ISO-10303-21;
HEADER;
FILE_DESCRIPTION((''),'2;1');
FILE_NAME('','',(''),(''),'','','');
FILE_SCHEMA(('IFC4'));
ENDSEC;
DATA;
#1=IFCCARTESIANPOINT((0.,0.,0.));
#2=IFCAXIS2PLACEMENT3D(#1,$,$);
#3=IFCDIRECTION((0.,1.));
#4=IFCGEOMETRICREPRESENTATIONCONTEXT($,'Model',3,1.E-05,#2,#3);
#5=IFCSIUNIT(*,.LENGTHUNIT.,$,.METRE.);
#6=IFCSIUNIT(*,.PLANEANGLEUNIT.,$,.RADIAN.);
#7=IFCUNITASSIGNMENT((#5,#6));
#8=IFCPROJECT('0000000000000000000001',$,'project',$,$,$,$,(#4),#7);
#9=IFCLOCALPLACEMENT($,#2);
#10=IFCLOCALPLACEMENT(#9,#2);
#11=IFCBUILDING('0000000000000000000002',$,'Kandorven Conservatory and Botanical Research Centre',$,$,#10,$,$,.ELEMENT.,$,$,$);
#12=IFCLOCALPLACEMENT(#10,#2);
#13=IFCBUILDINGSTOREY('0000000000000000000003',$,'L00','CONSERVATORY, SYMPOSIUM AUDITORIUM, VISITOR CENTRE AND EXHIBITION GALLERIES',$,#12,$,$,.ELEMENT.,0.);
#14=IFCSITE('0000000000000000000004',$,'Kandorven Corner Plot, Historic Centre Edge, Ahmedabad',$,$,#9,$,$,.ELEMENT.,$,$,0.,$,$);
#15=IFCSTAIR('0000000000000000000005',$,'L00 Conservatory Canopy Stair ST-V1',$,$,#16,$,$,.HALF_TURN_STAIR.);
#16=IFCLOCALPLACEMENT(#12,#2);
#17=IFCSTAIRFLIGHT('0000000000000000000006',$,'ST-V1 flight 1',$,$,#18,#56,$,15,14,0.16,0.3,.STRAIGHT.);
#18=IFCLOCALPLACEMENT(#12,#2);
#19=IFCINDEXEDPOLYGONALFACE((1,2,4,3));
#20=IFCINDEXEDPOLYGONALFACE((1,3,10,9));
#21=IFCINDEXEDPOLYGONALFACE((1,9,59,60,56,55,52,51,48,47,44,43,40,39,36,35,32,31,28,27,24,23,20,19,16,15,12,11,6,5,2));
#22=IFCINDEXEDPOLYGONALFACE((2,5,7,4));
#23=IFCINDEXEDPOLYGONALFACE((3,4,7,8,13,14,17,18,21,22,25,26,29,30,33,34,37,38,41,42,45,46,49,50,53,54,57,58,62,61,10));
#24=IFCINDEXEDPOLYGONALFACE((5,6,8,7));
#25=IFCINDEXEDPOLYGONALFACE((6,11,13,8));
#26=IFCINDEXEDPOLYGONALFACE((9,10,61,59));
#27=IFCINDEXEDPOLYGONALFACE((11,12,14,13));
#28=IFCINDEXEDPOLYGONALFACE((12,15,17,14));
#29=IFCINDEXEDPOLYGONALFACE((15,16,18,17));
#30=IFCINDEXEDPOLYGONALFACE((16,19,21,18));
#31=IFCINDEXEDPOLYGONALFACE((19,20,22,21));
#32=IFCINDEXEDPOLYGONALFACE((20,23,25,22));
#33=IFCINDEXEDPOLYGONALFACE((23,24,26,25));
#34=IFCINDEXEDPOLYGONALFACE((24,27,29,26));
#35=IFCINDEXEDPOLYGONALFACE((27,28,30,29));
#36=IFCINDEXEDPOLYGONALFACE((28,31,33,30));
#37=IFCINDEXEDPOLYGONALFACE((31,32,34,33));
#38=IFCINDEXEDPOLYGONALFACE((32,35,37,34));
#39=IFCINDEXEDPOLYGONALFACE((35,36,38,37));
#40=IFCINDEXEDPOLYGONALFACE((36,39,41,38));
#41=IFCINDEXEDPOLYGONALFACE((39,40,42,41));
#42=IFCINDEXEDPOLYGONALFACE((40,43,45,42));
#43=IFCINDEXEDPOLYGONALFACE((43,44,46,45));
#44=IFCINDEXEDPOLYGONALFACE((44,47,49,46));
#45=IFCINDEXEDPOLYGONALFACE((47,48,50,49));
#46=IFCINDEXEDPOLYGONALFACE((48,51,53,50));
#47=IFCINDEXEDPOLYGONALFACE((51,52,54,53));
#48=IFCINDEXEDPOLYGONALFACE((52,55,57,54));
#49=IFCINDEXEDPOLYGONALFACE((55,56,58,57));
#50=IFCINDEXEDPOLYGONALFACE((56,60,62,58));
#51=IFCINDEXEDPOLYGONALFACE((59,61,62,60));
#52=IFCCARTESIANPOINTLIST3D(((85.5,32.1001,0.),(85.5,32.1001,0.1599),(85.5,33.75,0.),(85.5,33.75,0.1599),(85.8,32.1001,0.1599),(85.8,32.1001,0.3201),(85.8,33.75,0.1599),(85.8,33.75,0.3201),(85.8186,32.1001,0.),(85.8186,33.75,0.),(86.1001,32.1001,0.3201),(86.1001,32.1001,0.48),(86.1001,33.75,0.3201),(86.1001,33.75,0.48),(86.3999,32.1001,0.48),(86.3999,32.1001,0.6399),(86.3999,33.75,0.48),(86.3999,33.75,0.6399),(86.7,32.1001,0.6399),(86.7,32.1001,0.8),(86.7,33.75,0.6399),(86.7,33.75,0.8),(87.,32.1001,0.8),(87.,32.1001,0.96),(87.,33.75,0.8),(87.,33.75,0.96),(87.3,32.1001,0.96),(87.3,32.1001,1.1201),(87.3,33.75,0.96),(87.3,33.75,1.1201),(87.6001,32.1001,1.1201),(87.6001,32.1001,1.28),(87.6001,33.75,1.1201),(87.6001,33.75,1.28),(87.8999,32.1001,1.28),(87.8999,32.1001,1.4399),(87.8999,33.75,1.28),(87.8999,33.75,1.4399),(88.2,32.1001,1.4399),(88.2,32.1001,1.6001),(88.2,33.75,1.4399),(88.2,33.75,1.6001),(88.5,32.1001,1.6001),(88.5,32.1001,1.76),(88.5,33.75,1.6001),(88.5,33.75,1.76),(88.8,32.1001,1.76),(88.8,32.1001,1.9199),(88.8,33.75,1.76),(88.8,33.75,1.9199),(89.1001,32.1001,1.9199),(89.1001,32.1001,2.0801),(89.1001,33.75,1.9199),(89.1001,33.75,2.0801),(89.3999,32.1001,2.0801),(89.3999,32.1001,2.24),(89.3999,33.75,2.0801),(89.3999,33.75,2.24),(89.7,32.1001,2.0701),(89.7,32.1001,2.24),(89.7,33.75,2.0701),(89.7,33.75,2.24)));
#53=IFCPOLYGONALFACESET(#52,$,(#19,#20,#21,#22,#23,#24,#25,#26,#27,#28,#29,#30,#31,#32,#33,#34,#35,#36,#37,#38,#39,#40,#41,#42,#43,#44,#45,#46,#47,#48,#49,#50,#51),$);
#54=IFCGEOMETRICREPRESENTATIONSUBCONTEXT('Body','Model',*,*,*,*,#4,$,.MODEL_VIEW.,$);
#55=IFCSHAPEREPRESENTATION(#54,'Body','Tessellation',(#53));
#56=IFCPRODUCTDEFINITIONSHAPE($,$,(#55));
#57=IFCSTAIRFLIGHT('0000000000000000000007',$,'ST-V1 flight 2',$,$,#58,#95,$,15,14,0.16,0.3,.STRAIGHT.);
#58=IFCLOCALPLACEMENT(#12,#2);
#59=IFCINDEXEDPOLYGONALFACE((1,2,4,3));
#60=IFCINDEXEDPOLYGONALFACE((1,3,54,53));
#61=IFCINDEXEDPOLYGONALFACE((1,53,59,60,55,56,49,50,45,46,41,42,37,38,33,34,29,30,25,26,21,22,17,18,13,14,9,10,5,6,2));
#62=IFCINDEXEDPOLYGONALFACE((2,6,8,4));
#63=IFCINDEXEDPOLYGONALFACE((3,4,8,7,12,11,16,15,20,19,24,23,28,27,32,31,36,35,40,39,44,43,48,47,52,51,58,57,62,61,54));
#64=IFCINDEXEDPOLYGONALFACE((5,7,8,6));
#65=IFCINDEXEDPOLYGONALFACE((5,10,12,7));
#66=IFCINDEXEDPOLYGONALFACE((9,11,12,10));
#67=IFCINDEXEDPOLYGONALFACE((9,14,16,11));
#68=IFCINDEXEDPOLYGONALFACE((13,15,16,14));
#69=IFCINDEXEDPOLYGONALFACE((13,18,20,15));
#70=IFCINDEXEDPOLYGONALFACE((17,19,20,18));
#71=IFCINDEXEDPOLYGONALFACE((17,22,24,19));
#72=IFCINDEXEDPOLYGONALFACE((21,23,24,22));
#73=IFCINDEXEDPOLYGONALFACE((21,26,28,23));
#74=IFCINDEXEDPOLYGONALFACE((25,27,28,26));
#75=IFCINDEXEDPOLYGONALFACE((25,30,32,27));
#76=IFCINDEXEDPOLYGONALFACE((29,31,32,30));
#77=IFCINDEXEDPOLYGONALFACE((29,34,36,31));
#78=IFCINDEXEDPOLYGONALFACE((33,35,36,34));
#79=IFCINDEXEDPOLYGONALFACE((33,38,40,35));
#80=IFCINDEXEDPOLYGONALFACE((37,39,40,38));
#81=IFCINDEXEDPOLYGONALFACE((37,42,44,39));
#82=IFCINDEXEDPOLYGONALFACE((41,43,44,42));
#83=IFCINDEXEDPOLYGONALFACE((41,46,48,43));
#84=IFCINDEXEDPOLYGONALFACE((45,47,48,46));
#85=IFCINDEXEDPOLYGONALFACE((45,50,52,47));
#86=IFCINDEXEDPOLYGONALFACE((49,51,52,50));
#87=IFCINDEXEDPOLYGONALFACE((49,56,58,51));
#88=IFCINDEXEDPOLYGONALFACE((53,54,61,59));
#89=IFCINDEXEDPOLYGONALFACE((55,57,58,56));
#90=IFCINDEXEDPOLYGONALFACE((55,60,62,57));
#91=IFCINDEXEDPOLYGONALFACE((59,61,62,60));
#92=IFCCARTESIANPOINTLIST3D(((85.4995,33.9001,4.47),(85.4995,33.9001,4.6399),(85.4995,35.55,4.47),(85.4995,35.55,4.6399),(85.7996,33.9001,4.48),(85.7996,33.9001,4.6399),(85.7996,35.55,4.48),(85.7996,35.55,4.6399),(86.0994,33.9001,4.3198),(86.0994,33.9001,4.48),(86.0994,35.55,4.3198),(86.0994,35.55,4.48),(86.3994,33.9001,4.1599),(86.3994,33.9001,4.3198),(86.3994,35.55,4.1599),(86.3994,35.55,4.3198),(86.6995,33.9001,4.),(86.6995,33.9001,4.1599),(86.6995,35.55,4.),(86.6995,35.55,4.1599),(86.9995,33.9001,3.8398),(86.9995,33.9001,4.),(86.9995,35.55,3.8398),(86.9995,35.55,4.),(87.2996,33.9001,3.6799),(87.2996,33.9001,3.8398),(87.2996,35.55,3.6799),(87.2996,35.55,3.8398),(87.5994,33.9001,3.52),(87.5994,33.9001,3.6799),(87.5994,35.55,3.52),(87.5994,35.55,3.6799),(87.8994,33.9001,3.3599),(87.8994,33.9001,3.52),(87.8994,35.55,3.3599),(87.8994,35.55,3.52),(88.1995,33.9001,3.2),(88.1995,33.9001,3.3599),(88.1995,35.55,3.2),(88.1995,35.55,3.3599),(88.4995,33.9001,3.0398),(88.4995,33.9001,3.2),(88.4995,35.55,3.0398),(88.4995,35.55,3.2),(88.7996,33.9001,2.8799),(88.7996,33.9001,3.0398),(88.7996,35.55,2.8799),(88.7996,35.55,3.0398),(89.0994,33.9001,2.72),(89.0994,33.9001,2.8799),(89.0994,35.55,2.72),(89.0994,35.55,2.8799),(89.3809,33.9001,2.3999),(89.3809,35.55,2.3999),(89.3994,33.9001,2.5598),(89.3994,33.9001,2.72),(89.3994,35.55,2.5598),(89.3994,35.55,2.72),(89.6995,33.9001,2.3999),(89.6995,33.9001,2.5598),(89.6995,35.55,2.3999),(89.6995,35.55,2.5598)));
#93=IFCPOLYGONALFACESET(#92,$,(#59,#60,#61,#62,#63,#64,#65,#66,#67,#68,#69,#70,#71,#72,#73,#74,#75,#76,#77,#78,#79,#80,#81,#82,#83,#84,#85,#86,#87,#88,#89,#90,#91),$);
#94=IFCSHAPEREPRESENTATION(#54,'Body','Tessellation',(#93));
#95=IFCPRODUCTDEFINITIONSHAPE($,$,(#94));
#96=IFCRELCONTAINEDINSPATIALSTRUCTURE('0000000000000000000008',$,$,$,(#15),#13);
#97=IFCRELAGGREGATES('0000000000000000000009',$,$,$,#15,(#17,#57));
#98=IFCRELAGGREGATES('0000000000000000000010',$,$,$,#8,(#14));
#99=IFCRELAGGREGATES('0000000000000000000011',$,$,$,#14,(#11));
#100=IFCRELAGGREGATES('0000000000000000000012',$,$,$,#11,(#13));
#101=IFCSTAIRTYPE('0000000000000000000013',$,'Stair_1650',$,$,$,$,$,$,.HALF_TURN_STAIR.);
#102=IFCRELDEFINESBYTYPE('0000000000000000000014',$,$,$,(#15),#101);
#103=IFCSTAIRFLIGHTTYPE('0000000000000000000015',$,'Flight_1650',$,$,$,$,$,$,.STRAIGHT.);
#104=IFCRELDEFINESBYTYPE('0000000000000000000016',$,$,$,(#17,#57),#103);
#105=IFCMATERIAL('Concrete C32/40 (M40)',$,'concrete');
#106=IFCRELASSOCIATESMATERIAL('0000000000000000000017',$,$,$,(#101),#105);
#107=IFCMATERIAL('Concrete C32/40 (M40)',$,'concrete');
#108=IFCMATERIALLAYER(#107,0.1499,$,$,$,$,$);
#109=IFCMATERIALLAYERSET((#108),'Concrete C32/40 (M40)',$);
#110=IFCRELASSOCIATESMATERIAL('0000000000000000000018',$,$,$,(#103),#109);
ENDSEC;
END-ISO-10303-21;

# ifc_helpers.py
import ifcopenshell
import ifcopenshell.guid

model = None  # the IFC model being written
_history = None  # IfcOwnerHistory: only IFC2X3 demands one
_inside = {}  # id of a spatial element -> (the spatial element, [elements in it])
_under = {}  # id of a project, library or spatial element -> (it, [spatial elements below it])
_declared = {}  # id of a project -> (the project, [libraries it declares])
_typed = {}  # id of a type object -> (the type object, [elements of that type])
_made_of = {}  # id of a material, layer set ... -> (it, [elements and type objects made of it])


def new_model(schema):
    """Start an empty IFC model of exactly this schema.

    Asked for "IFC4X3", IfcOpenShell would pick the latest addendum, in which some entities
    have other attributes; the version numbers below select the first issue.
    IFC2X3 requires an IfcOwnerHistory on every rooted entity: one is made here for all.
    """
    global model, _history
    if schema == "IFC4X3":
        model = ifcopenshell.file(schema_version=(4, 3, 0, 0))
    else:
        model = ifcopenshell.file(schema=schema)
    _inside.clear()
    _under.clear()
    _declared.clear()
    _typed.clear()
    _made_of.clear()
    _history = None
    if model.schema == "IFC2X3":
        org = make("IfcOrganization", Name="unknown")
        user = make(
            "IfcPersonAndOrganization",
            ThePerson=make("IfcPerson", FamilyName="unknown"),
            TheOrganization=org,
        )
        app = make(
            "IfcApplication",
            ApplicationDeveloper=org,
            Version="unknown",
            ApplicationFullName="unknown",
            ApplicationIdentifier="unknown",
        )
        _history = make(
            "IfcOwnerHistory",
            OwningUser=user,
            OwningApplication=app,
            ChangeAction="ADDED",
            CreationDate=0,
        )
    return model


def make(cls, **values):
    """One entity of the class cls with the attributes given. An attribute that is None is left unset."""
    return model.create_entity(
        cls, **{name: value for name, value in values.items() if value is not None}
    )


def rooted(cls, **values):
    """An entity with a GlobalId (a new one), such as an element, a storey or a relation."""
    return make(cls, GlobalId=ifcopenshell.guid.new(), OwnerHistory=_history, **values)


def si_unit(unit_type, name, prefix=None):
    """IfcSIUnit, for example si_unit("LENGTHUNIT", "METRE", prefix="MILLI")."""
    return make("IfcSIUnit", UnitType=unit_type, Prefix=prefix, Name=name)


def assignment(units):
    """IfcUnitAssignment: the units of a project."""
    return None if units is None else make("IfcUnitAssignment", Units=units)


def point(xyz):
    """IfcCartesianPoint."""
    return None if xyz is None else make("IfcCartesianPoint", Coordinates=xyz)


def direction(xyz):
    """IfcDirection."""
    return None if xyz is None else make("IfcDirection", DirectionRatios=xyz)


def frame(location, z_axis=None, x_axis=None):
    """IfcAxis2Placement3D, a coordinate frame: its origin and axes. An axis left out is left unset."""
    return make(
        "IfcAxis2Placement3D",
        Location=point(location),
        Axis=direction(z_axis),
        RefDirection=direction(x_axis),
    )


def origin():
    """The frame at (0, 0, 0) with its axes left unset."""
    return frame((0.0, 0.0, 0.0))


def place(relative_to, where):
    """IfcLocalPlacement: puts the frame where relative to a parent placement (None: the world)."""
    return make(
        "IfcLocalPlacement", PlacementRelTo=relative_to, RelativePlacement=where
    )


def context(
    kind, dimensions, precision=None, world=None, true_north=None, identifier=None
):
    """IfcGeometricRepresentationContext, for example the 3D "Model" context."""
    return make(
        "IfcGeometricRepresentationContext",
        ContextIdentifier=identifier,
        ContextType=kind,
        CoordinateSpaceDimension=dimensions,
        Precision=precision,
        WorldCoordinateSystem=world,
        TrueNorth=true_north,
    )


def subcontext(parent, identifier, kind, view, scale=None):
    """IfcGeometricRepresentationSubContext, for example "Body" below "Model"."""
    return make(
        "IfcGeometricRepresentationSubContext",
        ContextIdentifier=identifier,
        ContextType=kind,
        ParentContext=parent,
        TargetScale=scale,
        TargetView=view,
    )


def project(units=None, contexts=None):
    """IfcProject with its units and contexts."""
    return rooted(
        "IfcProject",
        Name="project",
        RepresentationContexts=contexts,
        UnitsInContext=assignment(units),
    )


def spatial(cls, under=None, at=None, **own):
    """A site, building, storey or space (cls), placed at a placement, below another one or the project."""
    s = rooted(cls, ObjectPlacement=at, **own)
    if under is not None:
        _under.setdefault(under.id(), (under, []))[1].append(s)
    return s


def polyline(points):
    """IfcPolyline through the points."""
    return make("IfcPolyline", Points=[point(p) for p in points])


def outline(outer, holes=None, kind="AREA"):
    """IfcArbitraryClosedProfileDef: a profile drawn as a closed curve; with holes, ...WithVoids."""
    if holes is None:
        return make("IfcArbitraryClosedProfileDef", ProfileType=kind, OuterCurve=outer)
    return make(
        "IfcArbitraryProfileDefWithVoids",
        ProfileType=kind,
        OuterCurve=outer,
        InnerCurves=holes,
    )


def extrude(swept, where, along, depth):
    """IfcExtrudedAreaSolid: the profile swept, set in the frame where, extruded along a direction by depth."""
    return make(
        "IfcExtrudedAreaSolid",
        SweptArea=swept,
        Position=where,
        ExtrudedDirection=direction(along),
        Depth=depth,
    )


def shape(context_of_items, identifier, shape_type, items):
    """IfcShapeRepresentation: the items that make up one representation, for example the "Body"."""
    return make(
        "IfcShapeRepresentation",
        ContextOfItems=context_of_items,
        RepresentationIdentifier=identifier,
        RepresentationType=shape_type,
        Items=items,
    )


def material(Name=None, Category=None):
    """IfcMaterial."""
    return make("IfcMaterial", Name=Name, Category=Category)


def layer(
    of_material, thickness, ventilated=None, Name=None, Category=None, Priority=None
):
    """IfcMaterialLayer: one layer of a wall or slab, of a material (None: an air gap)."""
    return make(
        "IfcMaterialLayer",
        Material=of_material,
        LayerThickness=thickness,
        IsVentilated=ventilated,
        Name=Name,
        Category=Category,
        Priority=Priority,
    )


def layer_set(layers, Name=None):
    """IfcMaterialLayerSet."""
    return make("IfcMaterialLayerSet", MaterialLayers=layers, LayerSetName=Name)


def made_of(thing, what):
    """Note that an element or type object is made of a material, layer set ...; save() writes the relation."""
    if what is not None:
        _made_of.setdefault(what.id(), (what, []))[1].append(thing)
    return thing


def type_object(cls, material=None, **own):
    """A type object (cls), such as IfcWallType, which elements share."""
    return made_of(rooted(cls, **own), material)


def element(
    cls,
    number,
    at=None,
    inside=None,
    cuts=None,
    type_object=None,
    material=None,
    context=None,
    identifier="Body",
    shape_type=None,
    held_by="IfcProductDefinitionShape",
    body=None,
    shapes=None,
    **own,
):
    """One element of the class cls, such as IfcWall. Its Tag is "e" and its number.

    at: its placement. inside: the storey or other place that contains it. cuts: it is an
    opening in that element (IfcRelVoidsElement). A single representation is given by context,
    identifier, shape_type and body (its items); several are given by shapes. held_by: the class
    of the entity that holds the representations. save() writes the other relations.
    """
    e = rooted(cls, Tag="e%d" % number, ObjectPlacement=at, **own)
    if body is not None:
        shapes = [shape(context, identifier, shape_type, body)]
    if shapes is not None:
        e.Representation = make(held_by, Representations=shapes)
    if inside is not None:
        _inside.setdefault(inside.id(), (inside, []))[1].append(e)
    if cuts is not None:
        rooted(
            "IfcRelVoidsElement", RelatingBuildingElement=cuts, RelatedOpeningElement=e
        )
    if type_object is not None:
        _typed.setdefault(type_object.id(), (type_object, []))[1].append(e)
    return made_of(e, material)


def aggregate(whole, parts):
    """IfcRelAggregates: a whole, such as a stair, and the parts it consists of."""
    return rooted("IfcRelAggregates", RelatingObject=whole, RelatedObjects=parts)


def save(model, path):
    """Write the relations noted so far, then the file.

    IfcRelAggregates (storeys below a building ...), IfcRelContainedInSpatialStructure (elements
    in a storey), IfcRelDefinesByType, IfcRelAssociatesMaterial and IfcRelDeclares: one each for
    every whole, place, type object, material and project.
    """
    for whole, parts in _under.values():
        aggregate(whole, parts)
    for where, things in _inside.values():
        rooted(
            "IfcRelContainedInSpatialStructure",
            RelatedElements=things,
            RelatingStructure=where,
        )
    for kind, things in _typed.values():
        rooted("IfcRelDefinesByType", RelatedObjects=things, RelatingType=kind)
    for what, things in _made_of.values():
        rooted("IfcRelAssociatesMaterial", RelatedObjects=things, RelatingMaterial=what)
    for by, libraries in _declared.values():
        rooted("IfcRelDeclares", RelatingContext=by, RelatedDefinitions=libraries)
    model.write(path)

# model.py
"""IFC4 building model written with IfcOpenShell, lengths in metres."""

from ifc_helpers import new_model, si_unit, direction, frame, origin, place, context, subcontext, project, spatial, polyline, outline, extrude, material, layer, layer_set, type_object, element, aggregate, save


model = new_model("IFC4")

# Units and contexts
model_context = context("Model", 3, precision=1e-05, world=origin(), true_north=direction((0.0, 1.0)))
body_context = subcontext(model_context, "Body", "Model", "MODEL_VIEW")
ifc_project = project(units=[si_unit("LENGTHUNIT", "METRE"), si_unit("PLANEANGLEUNIT", "RADIAN")], contexts=[model_context])

# Site, building, storey
site_placement = place(None, origin())
site = spatial("IfcSite", under=ifc_project, at=site_placement, Name="Kandorven Corner Plot, Historic Centre Edge, Ahmedabad", CompositionType="ELEMENT", RefElevation=0.0)
building_placement = place(site_placement, origin())
building = spatial("IfcBuilding", under=site, at=building_placement, Name="Kandorven Conservatory and Botanical Research Centre", CompositionType="ELEMENT")
storey_placement = place(building_placement, origin())
storey = spatial("IfcBuildingStorey", under=building, at=storey_placement, Name="L00", Description="CONSERVATORY, SYMPOSIUM AUDITORIUM, VISITOR CENTRE AND EXHIBITION GALLERIES", CompositionType="ELEMENT", Elevation=0.0)

# Stair, stair flights
ifc_material_1 = material(Name="Concrete C32/40 (M40)", Category="concrete")
stair_type = type_object("IfcStairType", Name="Stair_1650", PredefinedType="HALF_TURN_STAIR", material=ifc_material_1)
stair_placement = place(storey_placement, origin())
stair = element("IfcStair", 1, at=stair_placement, inside=storey, type_object=stair_type, Name="L00 Conservatory Canopy Stair ST-V1", PredefinedType="HALF_TURN_STAIR")
ifc_material_2 = material(Name="Concrete C32/40 (M40)", Category="concrete")
ifc_layer_1 = layer(ifc_material_2, 0.1499)
ifc_layer_set_1 = layer_set([ifc_layer_1], Name="Concrete C32/40 (M40)")
stair_flight_type = type_object("IfcStairFlightType", Name="Flight_1650", PredefinedType="STRAIGHT", material=ifc_layer_set_1)
stair_flight_1_placement = place(storey_placement, frame((85.5, 32.925, 0.0), z_axis=(0.0, 0.0, 1.0), x_axis=(1.0, 0.0, 0.0)))
stair_flight_1 = element("IfcStairFlight", 2, at=stair_flight_1_placement, type_object=stair_flight_type, Name="ST-V1 flight 1", NumberOfRisers=15, NumberOfTreads=14, PredefinedType="STRAIGHT", RiserHeight=0.16, TreadLength=0.3, context=body_context, shape_type="SweptSolid", body=[
    extrude(outline(polyline([(0.0, 0.0), (0.0, 0.1599), (0.3, 0.1599), (0.3, 0.3201), (0.6001, 0.3201), (0.6001, 0.48), (0.8999, 0.48), (0.8999, 0.6399), (1.2, 0.6399), (1.2, 0.8), (1.5, 0.8), (1.5, 0.96), (1.8, 0.96), (1.8, 1.1201), (2.1001, 1.1201), (2.1001, 1.28), (2.3999, 1.28), (2.3999, 1.4399), (2.7, 1.4399), (2.7, 1.6001), (3.0, 1.6001), (3.0, 1.76), (3.3, 1.76), (3.3, 1.9199), (3.6001, 1.9199), (3.6001, 2.0801), (3.8999, 2.0801), (3.8999, 2.24), (4.2, 2.24), (4.2, 2.3999), (4.2, 2.0701), (0.3186, 0.0), (0.0, 0.0)])), frame((0.0, 0.825, 0.0), z_axis=(0.0, -1.0, 0.0), x_axis=(1.0, 0.0, 0.0)), (0.0, 0.0, 1.0), 1.6499),
])
stair_flight_2_placement = place(storey_placement, frame((89.6995, 34.7251, 2.3999), z_axis=(0.0, 0.0, 1.0), x_axis=(-1.0, 0.0, 0.0)))
stair_flight_2 = element("IfcStairFlight", 3, at=stair_flight_2_placement, type_object=stair_flight_type, Name="ST-V1 flight 2", NumberOfRisers=15, NumberOfTreads=14, PredefinedType="STRAIGHT", RiserHeight=0.16, TreadLength=0.3, context=body_context, shape_type="SweptSolid", body=[
    extrude(outline(polyline([(0.0, 0.0), (0.0, 0.1599), (0.3, 0.1599), (0.3, 0.3201), (0.6001, 0.3201), (0.6001, 0.48), (0.8999, 0.48), (0.8999, 0.6399), (1.2, 0.6399), (1.2, 0.8), (1.5, 0.8), (1.5, 0.96), (1.8, 0.96), (1.8, 1.1201), (2.1001, 1.1201), (2.1001, 1.28), (2.3999, 1.28), (2.3999, 1.4399), (2.7, 1.4399), (2.7, 1.6001), (3.0, 1.6001), (3.0, 1.76), (3.3, 1.76), (3.3, 1.9199), (3.6001, 1.9199), (3.6001, 2.0801), (3.8999, 2.0801), (3.8999, 2.24), (4.2, 2.24), (4.2, 2.3999), (4.2, 2.0701), (0.3186, 0.0), (0.0, 0.0)])), frame((0.0, 0.825, 0.0), z_axis=(0.0, -1.0, 0.0), x_axis=(1.0, 0.0, 0.0)), (0.0, 0.0, 1.0), 1.6499),
])
aggregate(stair, [stair_flight_1, stair_flight_2])

save(model, "model.ifc")
